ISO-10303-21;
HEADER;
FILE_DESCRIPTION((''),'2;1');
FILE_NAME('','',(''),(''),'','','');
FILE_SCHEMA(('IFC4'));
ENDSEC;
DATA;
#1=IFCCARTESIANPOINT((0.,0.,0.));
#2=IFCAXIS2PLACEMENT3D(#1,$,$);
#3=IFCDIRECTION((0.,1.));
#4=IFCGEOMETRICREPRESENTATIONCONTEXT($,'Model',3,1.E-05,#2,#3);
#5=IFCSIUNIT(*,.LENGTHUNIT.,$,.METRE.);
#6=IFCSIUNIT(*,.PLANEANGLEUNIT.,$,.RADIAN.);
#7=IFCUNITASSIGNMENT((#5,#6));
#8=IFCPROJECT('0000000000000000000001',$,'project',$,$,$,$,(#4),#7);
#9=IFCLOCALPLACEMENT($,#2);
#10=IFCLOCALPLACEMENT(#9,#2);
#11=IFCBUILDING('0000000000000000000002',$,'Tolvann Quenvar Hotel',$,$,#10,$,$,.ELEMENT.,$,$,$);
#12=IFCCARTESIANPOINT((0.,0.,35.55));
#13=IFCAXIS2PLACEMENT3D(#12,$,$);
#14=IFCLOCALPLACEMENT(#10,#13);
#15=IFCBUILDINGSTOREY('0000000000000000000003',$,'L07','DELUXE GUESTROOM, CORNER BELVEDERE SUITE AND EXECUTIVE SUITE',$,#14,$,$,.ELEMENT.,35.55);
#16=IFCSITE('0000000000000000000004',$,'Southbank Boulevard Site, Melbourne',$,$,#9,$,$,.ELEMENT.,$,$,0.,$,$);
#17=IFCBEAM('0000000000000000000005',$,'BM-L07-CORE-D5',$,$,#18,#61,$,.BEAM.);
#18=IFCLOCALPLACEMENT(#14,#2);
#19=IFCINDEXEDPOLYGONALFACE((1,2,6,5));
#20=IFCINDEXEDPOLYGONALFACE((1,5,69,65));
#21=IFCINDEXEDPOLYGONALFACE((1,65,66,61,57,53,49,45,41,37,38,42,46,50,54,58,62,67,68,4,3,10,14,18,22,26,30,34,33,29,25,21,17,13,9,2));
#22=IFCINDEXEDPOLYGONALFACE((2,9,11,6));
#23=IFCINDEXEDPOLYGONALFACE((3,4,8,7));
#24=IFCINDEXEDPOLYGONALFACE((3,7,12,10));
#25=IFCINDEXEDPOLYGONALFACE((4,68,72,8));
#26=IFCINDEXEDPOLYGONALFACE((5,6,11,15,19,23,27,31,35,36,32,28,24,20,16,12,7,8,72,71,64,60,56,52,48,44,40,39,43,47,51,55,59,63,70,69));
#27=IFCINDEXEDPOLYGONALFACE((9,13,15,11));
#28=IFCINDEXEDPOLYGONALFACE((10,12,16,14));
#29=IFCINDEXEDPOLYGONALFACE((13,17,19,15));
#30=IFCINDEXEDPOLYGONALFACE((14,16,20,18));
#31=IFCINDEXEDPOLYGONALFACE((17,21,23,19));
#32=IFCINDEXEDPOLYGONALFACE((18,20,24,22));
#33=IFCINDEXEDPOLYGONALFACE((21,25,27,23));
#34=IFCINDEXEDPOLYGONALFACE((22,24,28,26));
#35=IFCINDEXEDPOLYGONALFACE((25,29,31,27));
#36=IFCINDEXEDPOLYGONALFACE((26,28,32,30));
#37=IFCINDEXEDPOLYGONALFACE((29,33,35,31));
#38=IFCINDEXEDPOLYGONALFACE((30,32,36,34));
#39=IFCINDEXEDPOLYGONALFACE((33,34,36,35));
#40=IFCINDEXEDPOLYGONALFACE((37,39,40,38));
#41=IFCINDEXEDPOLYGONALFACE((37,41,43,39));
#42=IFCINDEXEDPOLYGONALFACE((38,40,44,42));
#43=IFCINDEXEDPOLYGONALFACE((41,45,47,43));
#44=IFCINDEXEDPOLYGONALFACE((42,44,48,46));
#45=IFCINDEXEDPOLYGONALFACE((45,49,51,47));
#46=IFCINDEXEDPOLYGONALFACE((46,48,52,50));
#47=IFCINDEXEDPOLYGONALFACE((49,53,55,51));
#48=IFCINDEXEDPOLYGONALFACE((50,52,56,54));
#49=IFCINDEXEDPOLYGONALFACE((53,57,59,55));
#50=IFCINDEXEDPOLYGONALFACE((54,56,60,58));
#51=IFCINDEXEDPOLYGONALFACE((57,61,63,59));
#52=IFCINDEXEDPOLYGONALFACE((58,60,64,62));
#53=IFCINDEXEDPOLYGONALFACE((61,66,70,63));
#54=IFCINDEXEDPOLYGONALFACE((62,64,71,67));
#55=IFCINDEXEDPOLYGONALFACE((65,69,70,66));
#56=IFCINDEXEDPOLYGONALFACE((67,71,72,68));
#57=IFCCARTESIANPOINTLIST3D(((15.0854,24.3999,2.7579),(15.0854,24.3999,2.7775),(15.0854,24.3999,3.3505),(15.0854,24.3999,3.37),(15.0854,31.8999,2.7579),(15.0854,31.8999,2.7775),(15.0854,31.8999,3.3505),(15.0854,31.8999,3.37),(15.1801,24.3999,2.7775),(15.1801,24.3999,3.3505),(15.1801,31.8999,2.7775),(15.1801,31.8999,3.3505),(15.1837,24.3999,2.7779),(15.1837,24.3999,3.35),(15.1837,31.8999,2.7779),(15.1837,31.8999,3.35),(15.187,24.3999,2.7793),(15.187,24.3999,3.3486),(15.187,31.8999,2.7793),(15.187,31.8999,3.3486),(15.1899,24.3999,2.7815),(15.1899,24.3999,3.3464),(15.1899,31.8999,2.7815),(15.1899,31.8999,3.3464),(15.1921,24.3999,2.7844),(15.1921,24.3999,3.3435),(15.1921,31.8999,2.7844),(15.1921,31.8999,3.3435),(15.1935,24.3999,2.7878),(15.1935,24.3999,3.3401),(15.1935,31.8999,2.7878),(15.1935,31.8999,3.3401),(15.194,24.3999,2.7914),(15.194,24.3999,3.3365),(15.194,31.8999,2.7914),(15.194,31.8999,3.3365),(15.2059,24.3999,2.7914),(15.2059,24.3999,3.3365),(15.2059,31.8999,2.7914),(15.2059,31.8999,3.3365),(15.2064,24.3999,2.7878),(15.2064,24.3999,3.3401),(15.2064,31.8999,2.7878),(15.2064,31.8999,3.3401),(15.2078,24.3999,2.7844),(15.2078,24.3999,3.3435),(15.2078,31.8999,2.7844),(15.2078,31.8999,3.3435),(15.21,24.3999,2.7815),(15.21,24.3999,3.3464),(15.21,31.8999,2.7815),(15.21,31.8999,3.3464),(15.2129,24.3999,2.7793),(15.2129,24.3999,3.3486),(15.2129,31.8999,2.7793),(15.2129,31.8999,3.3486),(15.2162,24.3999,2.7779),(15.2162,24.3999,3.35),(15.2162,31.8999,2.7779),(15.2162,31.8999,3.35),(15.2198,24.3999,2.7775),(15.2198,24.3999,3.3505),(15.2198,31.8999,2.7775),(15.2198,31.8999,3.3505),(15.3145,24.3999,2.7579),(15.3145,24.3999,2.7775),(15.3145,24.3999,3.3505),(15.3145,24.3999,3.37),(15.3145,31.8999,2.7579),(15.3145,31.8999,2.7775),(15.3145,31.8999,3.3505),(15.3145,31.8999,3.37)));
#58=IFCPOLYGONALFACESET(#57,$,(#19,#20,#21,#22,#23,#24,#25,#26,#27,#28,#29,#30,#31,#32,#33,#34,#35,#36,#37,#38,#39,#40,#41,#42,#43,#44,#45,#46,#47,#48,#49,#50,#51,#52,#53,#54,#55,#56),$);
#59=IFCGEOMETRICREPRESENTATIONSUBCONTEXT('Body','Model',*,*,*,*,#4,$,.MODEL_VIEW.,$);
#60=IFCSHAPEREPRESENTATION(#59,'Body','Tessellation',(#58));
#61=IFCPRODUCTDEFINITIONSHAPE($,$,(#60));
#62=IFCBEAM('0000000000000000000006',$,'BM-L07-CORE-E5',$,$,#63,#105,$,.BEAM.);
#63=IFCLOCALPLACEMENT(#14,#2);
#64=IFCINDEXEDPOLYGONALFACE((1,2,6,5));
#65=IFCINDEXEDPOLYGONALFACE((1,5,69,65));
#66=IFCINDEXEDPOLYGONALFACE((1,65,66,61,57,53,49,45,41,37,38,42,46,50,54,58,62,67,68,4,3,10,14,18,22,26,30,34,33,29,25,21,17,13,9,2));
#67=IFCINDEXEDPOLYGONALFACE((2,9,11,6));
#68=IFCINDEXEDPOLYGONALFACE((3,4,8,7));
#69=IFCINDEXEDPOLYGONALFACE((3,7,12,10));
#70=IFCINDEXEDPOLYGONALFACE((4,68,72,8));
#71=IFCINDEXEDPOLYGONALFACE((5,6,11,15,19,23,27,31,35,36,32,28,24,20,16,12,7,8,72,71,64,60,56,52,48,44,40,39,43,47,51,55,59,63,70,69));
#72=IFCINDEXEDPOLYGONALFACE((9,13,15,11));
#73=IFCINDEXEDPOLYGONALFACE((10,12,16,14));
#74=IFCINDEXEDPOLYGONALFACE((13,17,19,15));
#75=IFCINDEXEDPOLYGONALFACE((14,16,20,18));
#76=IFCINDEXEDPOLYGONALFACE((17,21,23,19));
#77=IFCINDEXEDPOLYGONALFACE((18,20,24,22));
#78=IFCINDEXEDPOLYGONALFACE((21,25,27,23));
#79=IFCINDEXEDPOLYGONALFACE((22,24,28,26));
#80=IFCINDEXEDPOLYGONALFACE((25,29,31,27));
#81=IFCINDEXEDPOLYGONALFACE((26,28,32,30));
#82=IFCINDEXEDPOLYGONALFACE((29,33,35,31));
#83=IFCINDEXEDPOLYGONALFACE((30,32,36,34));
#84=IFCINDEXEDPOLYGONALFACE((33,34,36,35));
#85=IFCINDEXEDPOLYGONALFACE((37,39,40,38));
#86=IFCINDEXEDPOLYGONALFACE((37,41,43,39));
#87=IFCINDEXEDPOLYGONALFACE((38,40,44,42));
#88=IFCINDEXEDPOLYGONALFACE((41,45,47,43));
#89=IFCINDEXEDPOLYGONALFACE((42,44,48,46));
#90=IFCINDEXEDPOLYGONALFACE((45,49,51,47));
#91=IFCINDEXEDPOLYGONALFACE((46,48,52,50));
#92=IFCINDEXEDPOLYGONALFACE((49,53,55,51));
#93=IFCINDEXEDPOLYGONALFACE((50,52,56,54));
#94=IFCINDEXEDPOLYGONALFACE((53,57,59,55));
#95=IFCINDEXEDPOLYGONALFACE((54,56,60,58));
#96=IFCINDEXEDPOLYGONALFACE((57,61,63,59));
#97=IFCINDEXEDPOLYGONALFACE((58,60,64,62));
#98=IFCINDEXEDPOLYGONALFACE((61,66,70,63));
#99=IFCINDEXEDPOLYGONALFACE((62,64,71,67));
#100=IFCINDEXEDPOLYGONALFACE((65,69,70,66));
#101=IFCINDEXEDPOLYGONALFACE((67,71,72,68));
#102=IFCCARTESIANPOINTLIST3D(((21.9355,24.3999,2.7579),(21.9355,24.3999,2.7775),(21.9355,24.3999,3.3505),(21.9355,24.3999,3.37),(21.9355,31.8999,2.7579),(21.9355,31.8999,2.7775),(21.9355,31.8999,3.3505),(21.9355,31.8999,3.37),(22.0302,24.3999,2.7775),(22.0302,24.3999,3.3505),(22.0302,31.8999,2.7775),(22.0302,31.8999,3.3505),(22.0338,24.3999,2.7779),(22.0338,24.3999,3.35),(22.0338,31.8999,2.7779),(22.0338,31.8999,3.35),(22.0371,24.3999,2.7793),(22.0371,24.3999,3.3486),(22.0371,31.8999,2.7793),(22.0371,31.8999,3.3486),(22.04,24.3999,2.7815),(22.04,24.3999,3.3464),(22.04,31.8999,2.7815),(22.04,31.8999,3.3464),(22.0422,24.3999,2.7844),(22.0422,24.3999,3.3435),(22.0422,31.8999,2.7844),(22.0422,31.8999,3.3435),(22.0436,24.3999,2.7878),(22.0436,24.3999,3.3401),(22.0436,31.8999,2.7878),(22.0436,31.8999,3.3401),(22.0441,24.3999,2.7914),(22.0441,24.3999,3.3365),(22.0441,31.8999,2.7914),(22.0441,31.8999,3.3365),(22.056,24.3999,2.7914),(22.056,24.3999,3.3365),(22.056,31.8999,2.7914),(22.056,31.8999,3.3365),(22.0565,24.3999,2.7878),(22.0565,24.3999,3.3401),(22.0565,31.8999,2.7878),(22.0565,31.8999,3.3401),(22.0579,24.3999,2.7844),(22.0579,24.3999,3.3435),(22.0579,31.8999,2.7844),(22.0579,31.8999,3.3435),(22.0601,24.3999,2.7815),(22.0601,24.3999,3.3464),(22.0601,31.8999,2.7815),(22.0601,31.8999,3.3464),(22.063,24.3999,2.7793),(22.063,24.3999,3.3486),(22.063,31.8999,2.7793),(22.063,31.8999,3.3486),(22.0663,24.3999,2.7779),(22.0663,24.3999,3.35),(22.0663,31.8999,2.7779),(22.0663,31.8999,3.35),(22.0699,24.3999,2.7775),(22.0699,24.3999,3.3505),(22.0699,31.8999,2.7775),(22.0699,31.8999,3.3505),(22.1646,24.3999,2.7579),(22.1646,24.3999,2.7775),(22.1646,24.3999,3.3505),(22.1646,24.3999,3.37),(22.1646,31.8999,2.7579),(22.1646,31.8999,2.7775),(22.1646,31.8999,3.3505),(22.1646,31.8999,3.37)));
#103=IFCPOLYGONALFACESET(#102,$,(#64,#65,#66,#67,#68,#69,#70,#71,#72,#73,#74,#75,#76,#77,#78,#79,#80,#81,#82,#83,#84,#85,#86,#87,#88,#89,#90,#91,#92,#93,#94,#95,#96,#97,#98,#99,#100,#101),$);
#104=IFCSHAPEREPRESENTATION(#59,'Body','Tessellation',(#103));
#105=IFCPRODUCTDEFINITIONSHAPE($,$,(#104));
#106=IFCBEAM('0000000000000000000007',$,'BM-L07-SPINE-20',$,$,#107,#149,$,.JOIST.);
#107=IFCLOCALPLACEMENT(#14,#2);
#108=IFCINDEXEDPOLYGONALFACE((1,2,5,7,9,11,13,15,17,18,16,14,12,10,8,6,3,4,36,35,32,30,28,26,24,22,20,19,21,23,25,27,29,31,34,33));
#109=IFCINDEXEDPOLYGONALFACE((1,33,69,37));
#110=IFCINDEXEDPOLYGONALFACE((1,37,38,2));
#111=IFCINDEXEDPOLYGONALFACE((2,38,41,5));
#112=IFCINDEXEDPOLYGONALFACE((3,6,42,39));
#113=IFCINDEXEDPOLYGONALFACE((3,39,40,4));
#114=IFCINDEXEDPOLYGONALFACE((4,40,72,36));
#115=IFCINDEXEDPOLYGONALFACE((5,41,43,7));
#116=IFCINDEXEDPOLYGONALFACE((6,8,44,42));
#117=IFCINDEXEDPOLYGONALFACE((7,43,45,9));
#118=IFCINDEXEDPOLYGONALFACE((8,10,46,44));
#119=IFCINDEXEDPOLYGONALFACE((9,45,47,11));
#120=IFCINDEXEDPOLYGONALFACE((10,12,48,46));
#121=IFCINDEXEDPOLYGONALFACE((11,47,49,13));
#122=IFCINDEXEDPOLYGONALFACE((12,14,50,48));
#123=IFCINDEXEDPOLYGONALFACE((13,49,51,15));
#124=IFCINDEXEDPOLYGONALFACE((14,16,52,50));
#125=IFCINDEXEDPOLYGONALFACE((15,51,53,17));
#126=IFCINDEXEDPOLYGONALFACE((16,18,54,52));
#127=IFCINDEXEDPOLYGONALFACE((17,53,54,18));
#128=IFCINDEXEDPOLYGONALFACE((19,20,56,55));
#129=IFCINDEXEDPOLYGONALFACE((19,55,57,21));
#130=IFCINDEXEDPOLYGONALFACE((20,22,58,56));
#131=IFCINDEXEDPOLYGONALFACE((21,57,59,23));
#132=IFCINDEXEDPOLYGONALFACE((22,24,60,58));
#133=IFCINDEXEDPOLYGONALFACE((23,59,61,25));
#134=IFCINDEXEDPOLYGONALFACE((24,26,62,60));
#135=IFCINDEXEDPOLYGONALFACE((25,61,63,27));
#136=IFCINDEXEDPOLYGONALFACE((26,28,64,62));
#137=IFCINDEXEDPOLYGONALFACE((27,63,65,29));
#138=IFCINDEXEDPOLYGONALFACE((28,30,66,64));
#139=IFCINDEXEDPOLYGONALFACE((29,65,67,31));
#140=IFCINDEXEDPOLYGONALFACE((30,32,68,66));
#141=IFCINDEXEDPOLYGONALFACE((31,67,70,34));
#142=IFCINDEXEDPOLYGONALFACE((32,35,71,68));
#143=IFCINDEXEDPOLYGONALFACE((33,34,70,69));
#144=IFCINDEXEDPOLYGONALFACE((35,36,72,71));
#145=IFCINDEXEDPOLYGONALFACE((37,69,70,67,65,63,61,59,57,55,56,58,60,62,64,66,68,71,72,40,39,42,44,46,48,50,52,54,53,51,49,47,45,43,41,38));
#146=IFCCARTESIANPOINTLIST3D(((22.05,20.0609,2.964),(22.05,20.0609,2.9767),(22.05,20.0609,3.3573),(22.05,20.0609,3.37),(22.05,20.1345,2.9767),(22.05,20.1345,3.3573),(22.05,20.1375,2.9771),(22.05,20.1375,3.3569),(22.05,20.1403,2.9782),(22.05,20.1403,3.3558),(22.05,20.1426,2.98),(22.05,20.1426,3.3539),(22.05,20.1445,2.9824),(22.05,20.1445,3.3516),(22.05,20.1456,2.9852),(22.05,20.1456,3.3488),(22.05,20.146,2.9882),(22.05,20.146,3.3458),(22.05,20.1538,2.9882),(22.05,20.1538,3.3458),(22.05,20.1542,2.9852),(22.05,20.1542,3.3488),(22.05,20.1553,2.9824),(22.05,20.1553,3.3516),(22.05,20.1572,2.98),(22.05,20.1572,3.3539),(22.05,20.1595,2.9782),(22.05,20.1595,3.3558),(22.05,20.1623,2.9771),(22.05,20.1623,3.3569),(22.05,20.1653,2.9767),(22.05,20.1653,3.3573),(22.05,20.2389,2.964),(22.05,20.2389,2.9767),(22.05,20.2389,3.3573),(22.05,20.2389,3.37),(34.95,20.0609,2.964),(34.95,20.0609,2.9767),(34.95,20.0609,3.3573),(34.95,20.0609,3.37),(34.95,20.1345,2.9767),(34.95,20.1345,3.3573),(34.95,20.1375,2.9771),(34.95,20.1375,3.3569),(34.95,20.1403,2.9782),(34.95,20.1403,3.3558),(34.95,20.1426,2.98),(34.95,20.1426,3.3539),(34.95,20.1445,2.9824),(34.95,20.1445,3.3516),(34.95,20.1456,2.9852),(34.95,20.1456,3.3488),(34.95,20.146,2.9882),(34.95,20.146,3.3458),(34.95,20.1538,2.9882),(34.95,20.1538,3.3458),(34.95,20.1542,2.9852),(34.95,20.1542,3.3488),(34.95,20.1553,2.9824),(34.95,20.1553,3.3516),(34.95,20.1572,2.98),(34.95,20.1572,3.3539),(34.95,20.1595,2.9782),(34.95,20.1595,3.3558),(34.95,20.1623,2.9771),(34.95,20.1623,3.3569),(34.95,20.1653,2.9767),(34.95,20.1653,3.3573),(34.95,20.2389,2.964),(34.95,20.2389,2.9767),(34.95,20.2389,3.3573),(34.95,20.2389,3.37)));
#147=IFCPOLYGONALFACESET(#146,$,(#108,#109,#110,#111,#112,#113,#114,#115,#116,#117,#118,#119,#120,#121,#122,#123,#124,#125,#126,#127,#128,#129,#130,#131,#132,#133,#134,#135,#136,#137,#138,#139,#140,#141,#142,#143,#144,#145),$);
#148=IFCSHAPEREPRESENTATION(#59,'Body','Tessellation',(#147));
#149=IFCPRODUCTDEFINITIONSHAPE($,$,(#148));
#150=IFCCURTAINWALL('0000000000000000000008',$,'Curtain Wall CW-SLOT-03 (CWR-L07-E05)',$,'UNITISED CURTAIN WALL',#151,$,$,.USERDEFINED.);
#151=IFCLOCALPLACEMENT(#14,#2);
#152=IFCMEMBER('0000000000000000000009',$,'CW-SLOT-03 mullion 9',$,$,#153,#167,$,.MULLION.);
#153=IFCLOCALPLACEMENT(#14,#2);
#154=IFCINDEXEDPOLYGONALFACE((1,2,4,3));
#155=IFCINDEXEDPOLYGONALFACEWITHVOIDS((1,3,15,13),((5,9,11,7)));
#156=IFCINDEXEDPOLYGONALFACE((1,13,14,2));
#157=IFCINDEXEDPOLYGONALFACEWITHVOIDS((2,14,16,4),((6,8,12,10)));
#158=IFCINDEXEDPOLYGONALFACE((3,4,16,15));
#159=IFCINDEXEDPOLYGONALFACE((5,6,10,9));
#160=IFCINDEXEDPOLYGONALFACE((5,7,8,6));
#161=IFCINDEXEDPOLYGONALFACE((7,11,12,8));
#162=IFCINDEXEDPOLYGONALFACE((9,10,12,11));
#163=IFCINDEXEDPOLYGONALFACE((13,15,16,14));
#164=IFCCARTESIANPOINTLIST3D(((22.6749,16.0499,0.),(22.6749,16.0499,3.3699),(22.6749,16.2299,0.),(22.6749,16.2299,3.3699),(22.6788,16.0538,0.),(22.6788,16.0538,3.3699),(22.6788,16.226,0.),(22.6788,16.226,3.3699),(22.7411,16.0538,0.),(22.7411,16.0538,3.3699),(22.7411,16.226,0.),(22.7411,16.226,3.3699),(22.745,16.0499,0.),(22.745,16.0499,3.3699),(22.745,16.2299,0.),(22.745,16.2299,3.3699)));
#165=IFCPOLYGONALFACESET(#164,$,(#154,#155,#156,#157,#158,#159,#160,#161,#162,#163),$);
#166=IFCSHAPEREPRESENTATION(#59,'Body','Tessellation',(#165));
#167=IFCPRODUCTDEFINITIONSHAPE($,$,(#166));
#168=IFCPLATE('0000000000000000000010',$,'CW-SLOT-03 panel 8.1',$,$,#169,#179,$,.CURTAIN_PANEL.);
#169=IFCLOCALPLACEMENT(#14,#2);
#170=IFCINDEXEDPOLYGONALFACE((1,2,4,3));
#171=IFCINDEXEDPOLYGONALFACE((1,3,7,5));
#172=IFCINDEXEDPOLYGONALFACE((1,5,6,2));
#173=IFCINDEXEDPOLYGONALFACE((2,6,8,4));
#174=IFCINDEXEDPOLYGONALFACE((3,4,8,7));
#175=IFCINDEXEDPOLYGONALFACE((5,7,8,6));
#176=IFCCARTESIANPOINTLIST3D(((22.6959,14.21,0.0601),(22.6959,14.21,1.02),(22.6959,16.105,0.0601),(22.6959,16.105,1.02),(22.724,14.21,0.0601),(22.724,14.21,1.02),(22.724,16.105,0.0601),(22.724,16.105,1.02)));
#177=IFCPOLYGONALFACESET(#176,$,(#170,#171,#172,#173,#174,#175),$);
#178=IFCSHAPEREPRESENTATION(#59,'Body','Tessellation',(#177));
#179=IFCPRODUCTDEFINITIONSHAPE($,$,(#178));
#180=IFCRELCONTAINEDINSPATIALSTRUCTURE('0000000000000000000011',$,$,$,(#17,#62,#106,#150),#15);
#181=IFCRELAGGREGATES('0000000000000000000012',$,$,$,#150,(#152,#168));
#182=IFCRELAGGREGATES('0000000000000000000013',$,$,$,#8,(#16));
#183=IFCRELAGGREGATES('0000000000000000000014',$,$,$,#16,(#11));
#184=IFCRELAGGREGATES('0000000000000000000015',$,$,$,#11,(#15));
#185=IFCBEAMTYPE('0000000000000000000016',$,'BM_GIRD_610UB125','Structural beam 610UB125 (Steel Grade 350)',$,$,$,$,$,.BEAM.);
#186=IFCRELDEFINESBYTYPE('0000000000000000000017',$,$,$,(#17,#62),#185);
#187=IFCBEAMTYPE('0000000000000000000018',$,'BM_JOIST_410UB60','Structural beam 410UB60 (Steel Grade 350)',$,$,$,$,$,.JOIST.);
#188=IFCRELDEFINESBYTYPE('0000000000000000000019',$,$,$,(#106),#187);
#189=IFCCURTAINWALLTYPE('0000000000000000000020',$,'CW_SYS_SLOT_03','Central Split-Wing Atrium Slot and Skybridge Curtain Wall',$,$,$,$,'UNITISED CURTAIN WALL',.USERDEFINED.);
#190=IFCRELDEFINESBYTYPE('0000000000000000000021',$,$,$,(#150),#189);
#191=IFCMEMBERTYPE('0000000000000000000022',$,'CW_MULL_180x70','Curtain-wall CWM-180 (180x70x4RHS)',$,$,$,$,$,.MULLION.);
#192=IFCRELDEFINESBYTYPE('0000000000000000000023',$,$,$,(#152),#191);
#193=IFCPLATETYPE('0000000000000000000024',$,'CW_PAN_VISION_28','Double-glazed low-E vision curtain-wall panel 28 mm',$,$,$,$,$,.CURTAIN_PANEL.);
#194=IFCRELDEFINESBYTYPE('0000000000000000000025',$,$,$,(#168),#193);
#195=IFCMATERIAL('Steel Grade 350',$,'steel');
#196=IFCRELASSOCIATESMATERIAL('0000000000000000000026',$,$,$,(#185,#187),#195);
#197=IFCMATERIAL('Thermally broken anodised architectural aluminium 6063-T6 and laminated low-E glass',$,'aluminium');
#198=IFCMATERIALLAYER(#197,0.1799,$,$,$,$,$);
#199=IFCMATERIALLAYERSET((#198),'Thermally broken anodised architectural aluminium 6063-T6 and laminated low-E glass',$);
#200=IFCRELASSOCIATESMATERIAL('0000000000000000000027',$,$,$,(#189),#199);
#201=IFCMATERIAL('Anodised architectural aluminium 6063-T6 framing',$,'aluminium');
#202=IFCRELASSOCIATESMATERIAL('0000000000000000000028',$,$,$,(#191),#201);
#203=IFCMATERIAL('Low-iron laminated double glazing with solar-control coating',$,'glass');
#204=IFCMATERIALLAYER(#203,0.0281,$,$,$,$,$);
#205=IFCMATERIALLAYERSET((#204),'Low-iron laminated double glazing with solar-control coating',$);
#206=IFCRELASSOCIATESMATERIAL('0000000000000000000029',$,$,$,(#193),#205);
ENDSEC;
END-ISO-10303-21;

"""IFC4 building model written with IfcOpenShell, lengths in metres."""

from ifc_helpers import new_model, si_unit, direction, frame, origin, origin_2d, place, context, subcontext, project, spatial, rectangle, hollow_rectangle, i_section, extrude, source, transform, mapped, material, layer, layer_set, material_profile, profile_set, type_object, type_shapes, element, aggregate, save


model = new_model("IFC4")

# Units and contexts
model_context = context("Model", 3, precision=1e-05, world=origin(), true_north=direction((0.0, 1.0)))
body_context = subcontext(model_context, "Body", "Model", "MODEL_VIEW")
ifc_project = project(units=[si_unit("LENGTHUNIT", "METRE"), si_unit("PLANEANGLEUNIT", "RADIAN")], contexts=[model_context])

# Site, building, storey
site_placement = place(None, origin())
site = spatial("IfcSite", under=ifc_project, at=site_placement, Name="Southbank Boulevard Site, Melbourne", CompositionType="ELEMENT", RefElevation=0.0)
building_placement = place(site_placement, origin())
building = spatial("IfcBuilding", under=site, at=building_placement, Name="Tolvann Quenvar Hotel", CompositionType="ELEMENT")
storey_placement = place(building_placement, frame((0.0, 0.0, 35.55)))
storey = spatial("IfcBuildingStorey", under=building, at=storey_placement, Name="L07", Description="DELUXE GUESTROOM, CORNER BELVEDERE SUITE AND EXECUTIVE SUITE", CompositionType="ELEMENT", Elevation=35.55)

# Shared definitions
ifc_material_1 = material(Name="Steel Grade 350", Category="steel")

# Beams
ifc_material_profile_1 = material_profile(ifc_material_1, i_section(OverallWidth=0.229, OverallDepth=0.6121, WebThickness=0.012, FlangeThickness=0.0195, FilletRadius=0.0139, at=origin_2d()), Name="610UB125")
ifc_profile_set_1 = profile_set([ifc_material_profile_1], Name="Steel Grade 350")
beam_type_1 = type_object("IfcBeamType", Name="BM_GIRD_610UB125", Description="Structural beam 610UB125 (Steel Grade 350)", PredefinedType="BEAM", material=ifc_profile_set_1)
shared_shape_1 = source(origin(), body_context, "Body", "SweptSolid", [
    extrude(i_section(OverallWidth=0.229, OverallDepth=0.6121, WebThickness=0.012, FlangeThickness=0.0195, FilletRadius=0.0139, at=origin_2d()), origin(), (0.0, 0.0, 1.0), 7.5),
])
for number, where, z_axis, x_axis, name in (
    (1, (15.2, 24.3999, 3.064), (0.0, 1.0, 0.0), (-1.0, 0.0, 0.0), "BM-L07-CORE-D5"),
    (2, (22.05, 24.3999, 3.064), (0.0, 1.0, 0.0), (-1.0, 0.0, 0.0), "BM-L07-CORE-E5"),
):
    element("IfcBeam", number, at=place(storey_placement, frame(where, z_axis=z_axis, x_axis=x_axis)), inside=storey, type_object=beam_type_1, Name=name, PredefinedType="BEAM", context=body_context, shape_type="MappedRepresentation", body=[
        mapped(shared_shape_1, transform((0.0, 0.0, 0.0), x_axis=(1.0, 0.0, 0.0), y_axis=(0.0, 1.0, 0.0), z_axis=(0.0, 0.0, 1.0), scale=1.0)),
    ])
ifc_material_profile_2 = material_profile(ifc_material_1, i_section(OverallWidth=0.178, OverallDepth=0.406, WebThickness=0.0078, FlangeThickness=0.0127, FilletRadius=0.0115, at=origin_2d()), Name="410UB60")
ifc_profile_set_2 = profile_set([ifc_material_profile_2], Name="Steel Grade 350")
beam_type_2 = type_object("IfcBeamType", Name="BM_JOIST_410UB60", Description="Structural beam 410UB60 (Steel Grade 350)", PredefinedType="JOIST", material=ifc_profile_set_2)
shared_shape_2 = source(origin(), body_context, "Body", "SweptSolid", [
    extrude(i_section(OverallWidth=0.178, OverallDepth=0.406, WebThickness=0.0078, FlangeThickness=0.0127, FilletRadius=0.0115, at=origin_2d()), origin(), (0.0, 0.0, 1.0), 12.8999),
])
type_shapes(beam_type_2, [shared_shape_2])
beam_1_placement = place(storey_placement, frame((22.05, 20.1499, 3.167), z_axis=(1.0, 0.0, 0.0), x_axis=(0.0, 1.0, 0.0)))
element("IfcBeam", 3, at=beam_1_placement, inside=storey, type_object=beam_type_2, Name="BM-L07-SPINE-20", PredefinedType="JOIST", context=body_context, shape_type="MappedRepresentation", body=[
    mapped(shared_shape_2, transform((0.0, 0.0, 0.0), x_axis=(1.0, 0.0, 0.0), y_axis=(0.0, 1.0, 0.0), z_axis=(0.0, 0.0, 1.0), scale=1.0)),
])

# Curtain wall, member, plate
ifc_material_2 = material(Name="Thermally broken anodised architectural aluminium 6063-T6 and laminated low-E glass", Category="aluminium")
ifc_layer_1 = layer(ifc_material_2, 0.1799)
ifc_layer_set_1 = layer_set([ifc_layer_1], Name="Thermally broken anodised architectural aluminium 6063-T6 and laminated low-E glass")
curtain_wall_type = type_object("IfcCurtainWallType", Name="CW_SYS_SLOT_03", Description="Central Split-Wing Atrium Slot and Skybridge Curtain Wall", ElementType="UNITISED CURTAIN WALL", PredefinedType="USERDEFINED", material=ifc_layer_set_1)
curtain_wall_placement = place(storey_placement, origin())
curtain_wall = element("IfcCurtainWall", 4, at=curtain_wall_placement, inside=storey, type_object=curtain_wall_type, Name="Curtain Wall CW-SLOT-03 (CWR-L07-E05)", ObjectType="UNITISED CURTAIN WALL", PredefinedType="USERDEFINED")
ifc_material_3 = material(Name="Anodised architectural aluminium 6063-T6 framing", Category="aluminium")
ifc_material_profile_3 = material_profile(ifc_material_3, hollow_rectangle(XDim=0.0701, YDim=0.1799, WallThickness=0.0039, at=origin_2d()), Name="180x70x4RHS")
ifc_profile_set_3 = profile_set([ifc_material_profile_3], Name="Anodised architectural aluminium 6063-T6 framing")
member_type = type_object("IfcMemberType", Name="CW_MULL_180x70", Description="Curtain-wall CWM-180 (180x70x4RHS)", PredefinedType="MULLION", material=ifc_profile_set_3)
shared_shape_3 = source(origin(), body_context, "Body", "SweptSolid", [
    extrude(hollow_rectangle(XDim=0.0701, YDim=0.1799, WallThickness=0.0039, at=origin_2d()), origin(), (0.0, 0.0, 1.0), 3.3699),
])
type_shapes(member_type, [shared_shape_3])
member_placement = place(storey_placement, frame((22.71, 16.1399, 0.0), z_axis=(0.0, 0.0, 1.0), x_axis=(-1.0, 0.0, 0.0)))
member = element("IfcMember", 5, at=member_placement, type_object=member_type, Name="CW-SLOT-03 mullion 9", PredefinedType="MULLION", context=body_context, shape_type="MappedRepresentation", body=[
    mapped(shared_shape_3, transform((0.0, 0.0, 0.0), x_axis=(1.0, 0.0, 0.0), y_axis=(0.0, 1.0, 0.0), z_axis=(0.0, 0.0, 1.0), scale=1.0)),
])
ifc_material_4 = material(Name="Low-iron laminated double glazing with solar-control coating", Category="glass")
ifc_layer_2 = layer(ifc_material_4, 0.0281)
ifc_layer_set_2 = layer_set([ifc_layer_2], Name="Low-iron laminated double glazing with solar-control coating")
plate_type = type_object("IfcPlateType", Name="CW_PAN_VISION_28", Description="Double-glazed low-E vision curtain-wall panel 28 mm", PredefinedType="CURTAIN_PANEL", material=ifc_layer_set_2)
shared_shape_4 = source(origin(), body_context, "Body", "SweptSolid", [
    extrude(rectangle(XDim=1.895, YDim=0.0281, at=origin_2d()), origin(), (0.0, 0.0, 1.0), 0.96),
])
plate_1_placement = place(storey_placement, frame((22.71, 15.1575, 0.0601), z_axis=(0.0, 0.0, 1.0), x_axis=(0.0, 1.0, 0.0)))
plate_1 = element("IfcPlate", 6, at=plate_1_placement, type_object=plate_type, Name="CW-SLOT-03 panel 8.1", PredefinedType="CURTAIN_PANEL", context=body_context, shape_type="MappedRepresentation", body=[
    mapped(shared_shape_4, transform((0.0, 0.0, 0.0), x_axis=(1.0, 0.0, 0.0), y_axis=(0.0, 1.0, 0.0), z_axis=(0.0, 0.0, 1.0), scale=1.0)),
])
aggregate(curtain_wall, [member, plate_1])

save(model, "model.ifc")
